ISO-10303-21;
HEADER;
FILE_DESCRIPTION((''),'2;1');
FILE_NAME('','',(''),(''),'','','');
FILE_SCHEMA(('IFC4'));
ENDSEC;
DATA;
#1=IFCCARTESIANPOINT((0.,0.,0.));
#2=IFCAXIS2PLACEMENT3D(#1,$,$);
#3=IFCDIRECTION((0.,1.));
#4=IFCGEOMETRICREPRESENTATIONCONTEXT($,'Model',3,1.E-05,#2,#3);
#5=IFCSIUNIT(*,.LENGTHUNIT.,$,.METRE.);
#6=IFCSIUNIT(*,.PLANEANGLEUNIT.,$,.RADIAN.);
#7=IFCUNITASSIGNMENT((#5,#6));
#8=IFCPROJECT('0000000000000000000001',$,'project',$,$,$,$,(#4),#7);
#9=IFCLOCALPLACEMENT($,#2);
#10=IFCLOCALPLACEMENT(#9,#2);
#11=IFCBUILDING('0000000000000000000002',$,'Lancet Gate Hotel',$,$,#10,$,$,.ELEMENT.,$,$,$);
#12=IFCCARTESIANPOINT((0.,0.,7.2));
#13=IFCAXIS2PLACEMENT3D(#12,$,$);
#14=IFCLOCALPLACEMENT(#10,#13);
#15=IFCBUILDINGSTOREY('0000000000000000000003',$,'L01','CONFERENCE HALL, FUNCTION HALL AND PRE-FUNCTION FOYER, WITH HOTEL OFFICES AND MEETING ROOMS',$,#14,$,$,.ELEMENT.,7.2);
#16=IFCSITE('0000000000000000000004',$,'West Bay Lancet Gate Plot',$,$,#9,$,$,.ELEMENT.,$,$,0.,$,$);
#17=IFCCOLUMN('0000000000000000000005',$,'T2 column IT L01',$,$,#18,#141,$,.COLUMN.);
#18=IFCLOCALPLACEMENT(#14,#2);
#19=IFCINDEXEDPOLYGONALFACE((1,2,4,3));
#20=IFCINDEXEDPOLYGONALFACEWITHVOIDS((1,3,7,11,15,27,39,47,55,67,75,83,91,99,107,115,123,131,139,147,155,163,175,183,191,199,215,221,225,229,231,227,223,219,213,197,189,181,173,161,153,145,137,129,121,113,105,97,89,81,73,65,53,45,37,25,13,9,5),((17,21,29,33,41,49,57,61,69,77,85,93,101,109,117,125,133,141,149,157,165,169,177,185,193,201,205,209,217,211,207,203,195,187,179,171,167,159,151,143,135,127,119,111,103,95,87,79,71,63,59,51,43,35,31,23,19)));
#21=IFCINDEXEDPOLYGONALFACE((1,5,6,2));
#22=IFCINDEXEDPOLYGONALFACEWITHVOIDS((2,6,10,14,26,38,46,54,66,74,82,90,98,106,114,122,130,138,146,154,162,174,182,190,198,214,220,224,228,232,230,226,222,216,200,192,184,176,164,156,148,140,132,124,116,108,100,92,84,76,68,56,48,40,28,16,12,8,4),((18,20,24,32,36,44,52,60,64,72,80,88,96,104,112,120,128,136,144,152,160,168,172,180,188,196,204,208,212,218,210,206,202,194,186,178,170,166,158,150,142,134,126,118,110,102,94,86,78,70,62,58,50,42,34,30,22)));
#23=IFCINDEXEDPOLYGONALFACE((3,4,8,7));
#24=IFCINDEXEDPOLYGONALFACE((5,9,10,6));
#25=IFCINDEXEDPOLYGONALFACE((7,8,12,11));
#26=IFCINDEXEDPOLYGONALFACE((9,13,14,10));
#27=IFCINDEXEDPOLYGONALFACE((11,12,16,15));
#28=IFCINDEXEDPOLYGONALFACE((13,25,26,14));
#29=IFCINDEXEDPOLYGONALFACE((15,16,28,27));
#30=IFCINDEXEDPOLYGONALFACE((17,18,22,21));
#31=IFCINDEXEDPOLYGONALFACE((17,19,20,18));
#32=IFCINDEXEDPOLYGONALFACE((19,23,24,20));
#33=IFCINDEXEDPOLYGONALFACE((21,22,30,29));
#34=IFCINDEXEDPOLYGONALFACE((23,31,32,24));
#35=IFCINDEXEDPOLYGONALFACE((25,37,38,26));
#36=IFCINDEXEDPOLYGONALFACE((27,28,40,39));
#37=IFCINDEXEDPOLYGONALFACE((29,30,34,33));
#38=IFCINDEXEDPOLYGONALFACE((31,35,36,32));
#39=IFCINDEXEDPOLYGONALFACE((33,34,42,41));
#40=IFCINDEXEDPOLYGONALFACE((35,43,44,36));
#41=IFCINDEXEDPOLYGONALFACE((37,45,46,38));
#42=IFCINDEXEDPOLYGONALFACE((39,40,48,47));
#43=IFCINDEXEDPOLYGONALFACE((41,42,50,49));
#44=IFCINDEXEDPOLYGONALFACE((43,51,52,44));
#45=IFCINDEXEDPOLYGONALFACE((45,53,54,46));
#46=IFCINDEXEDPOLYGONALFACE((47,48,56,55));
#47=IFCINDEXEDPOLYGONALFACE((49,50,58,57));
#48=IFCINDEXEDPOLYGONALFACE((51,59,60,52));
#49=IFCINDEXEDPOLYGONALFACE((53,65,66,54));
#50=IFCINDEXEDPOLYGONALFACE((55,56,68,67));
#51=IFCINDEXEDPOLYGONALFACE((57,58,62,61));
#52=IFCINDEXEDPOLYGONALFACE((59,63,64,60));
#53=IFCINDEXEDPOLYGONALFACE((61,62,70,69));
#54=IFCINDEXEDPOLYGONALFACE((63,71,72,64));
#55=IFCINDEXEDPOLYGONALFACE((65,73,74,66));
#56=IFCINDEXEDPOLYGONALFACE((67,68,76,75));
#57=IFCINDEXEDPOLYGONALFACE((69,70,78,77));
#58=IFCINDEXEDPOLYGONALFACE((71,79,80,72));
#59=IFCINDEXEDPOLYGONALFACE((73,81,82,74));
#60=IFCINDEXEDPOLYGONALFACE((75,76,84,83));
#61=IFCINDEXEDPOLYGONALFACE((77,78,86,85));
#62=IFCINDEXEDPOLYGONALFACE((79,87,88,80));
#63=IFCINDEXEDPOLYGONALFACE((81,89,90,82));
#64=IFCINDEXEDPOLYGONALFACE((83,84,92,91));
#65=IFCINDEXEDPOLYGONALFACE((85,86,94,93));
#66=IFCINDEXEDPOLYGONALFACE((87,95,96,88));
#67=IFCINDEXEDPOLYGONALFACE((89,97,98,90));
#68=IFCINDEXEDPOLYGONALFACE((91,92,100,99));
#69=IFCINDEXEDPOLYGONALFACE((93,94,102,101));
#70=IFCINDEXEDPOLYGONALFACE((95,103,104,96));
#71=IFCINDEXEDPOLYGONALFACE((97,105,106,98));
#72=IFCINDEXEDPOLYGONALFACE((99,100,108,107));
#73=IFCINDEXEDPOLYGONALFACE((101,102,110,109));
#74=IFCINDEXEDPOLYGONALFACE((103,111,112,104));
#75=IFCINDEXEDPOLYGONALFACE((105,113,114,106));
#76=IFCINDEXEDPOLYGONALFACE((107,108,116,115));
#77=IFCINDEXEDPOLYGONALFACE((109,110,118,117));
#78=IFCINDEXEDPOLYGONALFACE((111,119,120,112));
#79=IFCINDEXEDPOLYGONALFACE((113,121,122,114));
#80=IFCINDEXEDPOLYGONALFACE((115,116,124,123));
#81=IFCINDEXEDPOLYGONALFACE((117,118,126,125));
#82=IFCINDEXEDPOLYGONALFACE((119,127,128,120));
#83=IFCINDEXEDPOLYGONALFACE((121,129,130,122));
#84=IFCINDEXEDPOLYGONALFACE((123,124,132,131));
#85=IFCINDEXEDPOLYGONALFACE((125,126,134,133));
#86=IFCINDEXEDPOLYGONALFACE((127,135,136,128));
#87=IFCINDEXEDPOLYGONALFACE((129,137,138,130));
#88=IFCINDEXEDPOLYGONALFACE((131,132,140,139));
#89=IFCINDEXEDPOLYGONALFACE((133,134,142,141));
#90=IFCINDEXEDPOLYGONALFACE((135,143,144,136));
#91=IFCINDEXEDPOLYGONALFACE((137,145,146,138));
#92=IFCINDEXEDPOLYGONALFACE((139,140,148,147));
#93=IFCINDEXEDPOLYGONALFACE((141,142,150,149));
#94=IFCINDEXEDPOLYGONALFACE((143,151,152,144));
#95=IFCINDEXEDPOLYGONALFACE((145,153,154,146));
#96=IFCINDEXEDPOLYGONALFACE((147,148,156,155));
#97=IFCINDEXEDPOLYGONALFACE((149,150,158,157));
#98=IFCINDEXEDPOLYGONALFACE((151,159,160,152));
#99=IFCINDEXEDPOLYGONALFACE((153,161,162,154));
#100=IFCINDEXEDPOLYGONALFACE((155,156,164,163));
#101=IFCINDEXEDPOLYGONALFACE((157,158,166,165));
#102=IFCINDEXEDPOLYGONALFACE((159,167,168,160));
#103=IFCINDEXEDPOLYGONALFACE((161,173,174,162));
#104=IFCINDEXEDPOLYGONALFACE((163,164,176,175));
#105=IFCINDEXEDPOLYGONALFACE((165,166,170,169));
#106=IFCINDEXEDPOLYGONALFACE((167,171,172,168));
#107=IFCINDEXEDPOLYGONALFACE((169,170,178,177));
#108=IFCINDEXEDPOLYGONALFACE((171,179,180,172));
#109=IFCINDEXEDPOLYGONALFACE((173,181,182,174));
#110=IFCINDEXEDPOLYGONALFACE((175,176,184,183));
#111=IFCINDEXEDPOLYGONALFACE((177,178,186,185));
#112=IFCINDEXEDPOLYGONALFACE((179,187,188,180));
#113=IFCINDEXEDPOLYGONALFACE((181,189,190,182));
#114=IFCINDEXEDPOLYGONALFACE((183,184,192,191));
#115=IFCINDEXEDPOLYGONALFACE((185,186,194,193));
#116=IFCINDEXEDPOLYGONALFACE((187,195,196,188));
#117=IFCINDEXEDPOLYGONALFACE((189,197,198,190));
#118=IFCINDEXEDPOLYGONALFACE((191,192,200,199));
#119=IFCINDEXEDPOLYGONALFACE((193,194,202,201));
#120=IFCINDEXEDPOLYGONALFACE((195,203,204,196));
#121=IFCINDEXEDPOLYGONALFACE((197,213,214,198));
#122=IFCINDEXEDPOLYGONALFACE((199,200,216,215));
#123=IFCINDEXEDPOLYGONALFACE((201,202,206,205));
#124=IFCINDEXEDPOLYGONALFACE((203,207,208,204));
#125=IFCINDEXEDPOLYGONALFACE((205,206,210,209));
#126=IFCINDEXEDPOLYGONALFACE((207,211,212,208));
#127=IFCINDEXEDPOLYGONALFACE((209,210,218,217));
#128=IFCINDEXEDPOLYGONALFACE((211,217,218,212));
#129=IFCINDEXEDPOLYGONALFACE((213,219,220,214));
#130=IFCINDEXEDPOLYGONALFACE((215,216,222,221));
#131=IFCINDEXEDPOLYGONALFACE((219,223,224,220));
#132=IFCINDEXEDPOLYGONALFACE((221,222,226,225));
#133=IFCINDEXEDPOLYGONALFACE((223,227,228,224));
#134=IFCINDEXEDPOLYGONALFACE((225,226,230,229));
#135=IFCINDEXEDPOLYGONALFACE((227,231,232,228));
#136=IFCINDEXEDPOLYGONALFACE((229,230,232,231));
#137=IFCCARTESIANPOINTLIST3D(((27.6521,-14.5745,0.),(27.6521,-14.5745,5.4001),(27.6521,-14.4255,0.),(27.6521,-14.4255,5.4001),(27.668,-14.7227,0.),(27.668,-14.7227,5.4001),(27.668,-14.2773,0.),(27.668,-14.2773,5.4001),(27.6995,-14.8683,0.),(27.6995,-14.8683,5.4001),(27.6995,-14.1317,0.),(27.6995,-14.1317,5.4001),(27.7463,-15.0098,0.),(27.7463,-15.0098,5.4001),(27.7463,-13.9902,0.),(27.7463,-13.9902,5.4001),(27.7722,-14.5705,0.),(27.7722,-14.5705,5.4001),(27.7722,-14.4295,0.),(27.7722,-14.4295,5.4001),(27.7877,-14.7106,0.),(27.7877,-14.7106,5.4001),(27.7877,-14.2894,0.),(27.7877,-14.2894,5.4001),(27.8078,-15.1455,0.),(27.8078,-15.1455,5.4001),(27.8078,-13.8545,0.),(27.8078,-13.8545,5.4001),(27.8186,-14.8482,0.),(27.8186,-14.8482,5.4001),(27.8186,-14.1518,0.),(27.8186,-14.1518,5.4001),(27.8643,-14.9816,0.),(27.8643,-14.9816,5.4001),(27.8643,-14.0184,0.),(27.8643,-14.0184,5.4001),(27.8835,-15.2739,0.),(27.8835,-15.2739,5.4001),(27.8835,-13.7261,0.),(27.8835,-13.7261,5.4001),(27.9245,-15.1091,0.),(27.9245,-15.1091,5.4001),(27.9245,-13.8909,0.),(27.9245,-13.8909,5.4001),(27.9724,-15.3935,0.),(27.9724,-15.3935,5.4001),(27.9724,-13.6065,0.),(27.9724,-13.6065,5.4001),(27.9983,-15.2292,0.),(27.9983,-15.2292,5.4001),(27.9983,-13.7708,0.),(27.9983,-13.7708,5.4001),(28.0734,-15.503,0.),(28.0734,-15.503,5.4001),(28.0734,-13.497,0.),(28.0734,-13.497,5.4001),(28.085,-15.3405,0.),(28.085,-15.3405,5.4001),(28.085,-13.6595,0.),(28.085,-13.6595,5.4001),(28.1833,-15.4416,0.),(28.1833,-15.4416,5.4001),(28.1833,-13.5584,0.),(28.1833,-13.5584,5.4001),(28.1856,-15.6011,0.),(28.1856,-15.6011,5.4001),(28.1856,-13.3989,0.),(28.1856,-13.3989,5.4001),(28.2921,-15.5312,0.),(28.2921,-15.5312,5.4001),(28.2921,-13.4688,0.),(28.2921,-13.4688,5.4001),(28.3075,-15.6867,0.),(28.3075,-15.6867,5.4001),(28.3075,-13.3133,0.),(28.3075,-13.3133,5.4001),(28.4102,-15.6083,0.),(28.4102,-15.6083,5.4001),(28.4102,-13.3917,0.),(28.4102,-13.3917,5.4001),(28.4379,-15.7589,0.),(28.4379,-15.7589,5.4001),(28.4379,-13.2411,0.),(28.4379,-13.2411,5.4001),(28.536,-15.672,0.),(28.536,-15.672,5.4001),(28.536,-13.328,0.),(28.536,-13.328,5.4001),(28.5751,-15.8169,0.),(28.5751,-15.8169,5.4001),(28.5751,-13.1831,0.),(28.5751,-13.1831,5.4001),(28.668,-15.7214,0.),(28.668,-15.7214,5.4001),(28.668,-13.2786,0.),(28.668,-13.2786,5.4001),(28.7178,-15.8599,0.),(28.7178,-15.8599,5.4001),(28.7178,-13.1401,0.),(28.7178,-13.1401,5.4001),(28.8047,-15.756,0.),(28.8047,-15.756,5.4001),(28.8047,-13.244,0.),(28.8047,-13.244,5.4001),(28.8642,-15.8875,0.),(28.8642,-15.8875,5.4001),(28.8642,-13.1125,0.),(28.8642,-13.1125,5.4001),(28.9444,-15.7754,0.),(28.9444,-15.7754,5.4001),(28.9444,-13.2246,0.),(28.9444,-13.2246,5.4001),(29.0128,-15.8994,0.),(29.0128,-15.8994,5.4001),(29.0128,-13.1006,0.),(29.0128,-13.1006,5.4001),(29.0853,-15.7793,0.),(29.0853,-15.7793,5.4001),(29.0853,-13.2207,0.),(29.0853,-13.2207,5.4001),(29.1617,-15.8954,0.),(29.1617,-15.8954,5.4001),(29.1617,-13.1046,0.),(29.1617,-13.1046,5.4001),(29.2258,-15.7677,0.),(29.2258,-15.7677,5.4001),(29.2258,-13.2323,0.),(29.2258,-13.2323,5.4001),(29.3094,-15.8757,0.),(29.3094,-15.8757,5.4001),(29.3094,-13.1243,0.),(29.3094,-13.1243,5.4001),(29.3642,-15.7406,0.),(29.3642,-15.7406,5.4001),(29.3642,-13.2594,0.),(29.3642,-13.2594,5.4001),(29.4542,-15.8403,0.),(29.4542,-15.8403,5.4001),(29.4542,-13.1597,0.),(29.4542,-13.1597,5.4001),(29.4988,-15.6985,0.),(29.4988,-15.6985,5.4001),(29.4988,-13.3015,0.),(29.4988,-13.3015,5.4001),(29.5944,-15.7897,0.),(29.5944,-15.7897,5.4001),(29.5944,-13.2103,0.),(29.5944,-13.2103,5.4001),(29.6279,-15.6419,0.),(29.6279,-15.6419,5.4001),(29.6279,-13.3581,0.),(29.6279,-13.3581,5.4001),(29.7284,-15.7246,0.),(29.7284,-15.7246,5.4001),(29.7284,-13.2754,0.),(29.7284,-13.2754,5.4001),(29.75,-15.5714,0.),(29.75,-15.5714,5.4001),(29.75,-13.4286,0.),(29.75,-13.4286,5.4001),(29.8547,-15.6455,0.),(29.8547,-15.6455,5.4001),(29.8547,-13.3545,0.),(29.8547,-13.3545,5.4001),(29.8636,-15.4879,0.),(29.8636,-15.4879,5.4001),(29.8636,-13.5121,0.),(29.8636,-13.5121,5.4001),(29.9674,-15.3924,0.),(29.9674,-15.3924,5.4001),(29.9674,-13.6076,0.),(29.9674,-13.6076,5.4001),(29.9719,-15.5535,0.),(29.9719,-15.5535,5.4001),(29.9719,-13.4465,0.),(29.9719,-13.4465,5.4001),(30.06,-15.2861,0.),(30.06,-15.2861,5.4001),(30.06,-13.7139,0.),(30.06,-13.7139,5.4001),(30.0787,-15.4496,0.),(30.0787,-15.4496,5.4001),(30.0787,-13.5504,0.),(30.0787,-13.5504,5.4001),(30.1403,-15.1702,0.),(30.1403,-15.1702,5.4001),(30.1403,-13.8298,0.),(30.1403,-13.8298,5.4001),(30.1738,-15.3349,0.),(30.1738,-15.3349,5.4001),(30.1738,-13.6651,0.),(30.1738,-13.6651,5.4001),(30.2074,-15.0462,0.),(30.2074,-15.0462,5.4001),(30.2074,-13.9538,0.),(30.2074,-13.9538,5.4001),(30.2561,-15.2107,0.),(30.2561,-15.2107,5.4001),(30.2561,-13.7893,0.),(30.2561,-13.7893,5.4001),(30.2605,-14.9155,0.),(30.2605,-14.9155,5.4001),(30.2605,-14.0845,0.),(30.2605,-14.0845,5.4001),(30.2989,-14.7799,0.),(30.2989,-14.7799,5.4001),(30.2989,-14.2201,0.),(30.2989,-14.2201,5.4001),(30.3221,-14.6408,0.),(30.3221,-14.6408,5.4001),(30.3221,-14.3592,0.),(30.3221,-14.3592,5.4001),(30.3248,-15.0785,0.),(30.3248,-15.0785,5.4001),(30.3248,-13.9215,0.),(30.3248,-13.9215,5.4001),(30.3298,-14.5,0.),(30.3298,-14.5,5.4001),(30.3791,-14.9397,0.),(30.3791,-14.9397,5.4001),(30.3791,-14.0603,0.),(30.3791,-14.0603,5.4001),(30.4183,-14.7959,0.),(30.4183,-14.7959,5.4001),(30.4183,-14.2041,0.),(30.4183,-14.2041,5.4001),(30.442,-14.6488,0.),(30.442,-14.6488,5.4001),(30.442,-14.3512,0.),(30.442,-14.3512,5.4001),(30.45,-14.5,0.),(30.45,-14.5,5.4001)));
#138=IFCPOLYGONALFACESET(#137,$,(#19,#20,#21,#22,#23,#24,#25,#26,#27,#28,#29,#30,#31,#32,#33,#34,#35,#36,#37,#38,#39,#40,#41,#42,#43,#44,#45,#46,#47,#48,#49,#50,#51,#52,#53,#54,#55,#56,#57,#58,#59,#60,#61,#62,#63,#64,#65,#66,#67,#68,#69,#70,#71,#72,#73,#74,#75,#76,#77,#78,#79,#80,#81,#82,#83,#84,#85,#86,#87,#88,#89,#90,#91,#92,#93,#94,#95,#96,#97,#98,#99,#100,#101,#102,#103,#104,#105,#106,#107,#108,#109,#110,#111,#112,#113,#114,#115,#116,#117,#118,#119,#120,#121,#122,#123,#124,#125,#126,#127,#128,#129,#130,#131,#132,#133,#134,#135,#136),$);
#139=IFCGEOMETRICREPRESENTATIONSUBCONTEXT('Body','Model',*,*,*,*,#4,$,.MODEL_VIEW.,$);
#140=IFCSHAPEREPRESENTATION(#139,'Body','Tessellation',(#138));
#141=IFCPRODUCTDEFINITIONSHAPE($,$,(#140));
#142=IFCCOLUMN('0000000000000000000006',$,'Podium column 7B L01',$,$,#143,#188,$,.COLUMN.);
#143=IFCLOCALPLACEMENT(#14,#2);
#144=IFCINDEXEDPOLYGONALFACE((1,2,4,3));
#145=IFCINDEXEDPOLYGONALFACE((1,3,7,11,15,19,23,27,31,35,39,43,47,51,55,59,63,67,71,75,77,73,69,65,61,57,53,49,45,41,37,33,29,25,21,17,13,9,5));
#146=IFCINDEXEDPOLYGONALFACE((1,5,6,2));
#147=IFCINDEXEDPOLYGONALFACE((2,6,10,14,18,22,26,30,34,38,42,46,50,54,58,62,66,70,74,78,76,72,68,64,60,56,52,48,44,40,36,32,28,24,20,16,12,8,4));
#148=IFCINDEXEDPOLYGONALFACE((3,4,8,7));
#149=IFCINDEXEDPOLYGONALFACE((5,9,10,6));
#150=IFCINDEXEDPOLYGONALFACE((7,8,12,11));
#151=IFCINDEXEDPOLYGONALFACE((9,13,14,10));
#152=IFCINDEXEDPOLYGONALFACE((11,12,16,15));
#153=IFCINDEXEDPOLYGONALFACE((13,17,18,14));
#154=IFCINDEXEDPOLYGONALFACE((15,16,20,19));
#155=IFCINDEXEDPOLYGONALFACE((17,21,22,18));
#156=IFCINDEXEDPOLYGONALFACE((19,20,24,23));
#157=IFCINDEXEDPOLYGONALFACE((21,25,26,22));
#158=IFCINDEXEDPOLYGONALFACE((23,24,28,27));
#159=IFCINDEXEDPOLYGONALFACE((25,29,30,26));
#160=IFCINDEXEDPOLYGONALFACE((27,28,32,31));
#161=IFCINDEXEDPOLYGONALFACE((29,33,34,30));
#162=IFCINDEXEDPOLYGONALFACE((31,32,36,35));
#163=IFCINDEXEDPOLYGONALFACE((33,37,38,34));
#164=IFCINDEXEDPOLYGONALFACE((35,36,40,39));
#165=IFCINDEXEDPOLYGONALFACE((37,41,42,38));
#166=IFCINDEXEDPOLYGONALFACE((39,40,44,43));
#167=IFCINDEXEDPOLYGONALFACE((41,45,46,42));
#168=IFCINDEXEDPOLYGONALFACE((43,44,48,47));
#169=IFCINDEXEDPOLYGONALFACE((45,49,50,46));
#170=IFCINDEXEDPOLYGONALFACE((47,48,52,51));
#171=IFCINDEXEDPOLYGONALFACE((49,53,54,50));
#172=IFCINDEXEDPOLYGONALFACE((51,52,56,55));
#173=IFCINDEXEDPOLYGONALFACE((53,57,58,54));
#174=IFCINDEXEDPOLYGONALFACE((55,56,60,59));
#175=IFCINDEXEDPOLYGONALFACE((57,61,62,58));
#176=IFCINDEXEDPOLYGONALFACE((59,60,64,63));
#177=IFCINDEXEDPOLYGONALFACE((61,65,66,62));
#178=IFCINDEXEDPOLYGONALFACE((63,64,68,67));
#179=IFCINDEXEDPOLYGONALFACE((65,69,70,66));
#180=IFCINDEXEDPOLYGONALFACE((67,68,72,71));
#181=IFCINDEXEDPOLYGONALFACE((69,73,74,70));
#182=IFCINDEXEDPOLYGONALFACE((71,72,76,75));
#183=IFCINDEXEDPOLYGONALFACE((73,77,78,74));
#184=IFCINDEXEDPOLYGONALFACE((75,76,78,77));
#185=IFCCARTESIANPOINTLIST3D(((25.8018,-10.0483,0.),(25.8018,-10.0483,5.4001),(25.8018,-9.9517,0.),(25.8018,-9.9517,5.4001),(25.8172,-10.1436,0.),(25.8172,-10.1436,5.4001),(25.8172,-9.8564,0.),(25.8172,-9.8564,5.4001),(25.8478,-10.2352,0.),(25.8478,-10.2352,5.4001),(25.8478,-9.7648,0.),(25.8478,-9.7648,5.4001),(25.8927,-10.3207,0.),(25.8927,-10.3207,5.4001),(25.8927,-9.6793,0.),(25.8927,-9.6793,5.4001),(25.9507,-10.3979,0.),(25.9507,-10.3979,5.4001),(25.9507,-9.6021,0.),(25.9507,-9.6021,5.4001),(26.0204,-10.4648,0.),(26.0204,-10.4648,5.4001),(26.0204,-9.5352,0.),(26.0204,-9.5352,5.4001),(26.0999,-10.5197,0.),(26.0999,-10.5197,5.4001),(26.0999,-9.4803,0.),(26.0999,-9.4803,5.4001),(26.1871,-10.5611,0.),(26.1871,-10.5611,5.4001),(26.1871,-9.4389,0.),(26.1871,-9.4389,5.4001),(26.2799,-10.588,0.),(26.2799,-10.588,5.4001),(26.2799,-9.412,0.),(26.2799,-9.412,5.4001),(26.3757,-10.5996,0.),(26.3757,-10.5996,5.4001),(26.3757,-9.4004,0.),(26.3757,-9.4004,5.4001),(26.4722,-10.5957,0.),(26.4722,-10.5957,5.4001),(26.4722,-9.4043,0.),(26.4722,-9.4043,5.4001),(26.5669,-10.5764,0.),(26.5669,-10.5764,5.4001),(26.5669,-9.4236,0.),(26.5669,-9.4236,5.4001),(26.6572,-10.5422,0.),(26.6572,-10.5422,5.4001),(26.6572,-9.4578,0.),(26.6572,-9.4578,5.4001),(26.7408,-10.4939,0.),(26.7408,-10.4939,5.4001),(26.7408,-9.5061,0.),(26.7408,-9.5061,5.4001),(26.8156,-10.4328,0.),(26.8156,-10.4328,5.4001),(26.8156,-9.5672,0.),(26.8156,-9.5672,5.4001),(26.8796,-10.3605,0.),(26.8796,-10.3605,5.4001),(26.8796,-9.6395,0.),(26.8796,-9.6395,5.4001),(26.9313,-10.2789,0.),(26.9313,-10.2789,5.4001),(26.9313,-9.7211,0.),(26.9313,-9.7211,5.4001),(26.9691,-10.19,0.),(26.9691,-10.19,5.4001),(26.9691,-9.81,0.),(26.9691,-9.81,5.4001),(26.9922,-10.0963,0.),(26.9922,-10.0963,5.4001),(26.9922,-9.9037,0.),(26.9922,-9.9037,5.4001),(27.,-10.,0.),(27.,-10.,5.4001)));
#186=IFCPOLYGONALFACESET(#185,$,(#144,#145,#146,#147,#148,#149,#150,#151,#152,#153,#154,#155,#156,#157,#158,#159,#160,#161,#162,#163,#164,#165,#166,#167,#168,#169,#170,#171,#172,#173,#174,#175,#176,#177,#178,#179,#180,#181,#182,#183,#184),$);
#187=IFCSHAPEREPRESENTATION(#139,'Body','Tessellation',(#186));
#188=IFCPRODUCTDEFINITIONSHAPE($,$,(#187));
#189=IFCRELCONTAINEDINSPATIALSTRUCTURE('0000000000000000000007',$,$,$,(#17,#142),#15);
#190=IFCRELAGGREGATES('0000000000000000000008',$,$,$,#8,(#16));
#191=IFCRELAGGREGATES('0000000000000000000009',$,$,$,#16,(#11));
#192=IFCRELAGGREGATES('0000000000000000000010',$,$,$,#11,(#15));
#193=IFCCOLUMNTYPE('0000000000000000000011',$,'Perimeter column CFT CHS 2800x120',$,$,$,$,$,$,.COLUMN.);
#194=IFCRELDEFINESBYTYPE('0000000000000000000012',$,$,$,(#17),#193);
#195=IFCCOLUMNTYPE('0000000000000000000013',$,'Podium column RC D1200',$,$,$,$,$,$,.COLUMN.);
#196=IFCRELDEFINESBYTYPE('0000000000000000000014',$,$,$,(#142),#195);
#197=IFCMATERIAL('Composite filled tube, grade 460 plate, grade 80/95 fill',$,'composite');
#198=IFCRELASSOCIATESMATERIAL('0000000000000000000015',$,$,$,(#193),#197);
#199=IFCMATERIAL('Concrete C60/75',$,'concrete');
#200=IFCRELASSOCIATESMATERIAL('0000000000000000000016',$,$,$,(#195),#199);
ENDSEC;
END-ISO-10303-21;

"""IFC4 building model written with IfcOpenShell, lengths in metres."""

from ifc_helpers import new_model, si_unit, direction, frame, origin, origin_2d, place, context, subcontext, project, spatial, circle, hollow_circle, extrude, material, material_profile, profile_set, type_object, element, save


model = new_model("IFC4")

# Units and contexts
model_context = context("Model", 3, precision=1e-05, world=origin(), true_north=direction((0.0, 1.0)))
body_context = subcontext(model_context, "Body", "Model", "MODEL_VIEW")
ifc_project = project(units=[si_unit("LENGTHUNIT", "METRE"), si_unit("PLANEANGLEUNIT", "RADIAN")], contexts=[model_context])

# Site, building, storey
site_placement = place(None, origin())
site = spatial("IfcSite", under=ifc_project, at=site_placement, Name="West Bay Lancet Gate Plot", CompositionType="ELEMENT", RefElevation=0.0)
building_placement = place(site_placement, origin())
building = spatial("IfcBuilding", under=site, at=building_placement, Name="Lancet Gate Hotel", CompositionType="ELEMENT")
storey_placement = place(building_placement, frame((0.0, 0.0, 7.2)))
storey = spatial("IfcBuildingStorey", under=building, at=storey_placement, Name="L01", Description="CONFERENCE HALL, FUNCTION HALL AND PRE-FUNCTION FOYER, WITH HOTEL OFFICES AND MEETING ROOMS", CompositionType="ELEMENT", Elevation=7.2)

# Columns
ifc_material_1 = material(Name="Composite filled tube, grade 460 plate, grade 80/95 fill", Category="composite")
ifc_material_profile_1 = material_profile(ifc_material_1, hollow_circle(Radius=1.3999, WallThickness=0.1201, at=origin_2d()), Name="CHS 2800x120")
ifc_profile_set_1 = profile_set([ifc_material_profile_1], Name="Composite filled tube, grade 460 plate, grade 80/95 fill")
column_type_1 = type_object("IfcColumnType", Name="Perimeter column CFT CHS 2800x120", PredefinedType="COLUMN", material=ifc_profile_set_1)
for number, where, z_axis, x_axis, name in (
    (1, (29.05, -14.5, 0.0), (0.0, 0.0, 1.0), (1.0, 0.0, 0.0), "T2 column IT L01"),
):
    element("IfcColumn", number, at=place(storey_placement, frame(where, z_axis=z_axis, x_axis=x_axis)), inside=storey, type_object=column_type_1, Name=name, PredefinedType="COLUMN", context=body_context, shape_type="SweptSolid", body=[
        extrude(hollow_circle(Radius=1.3999, WallThickness=0.1201, at=origin_2d()), origin(), (0.0, 0.0, 1.0), 5.4001),
    ])
ifc_material_2 = material(Name="Concrete C60/75", Category="concrete")
ifc_material_profile_2 = material_profile(ifc_material_2, circle(Radius=0.6001, at=origin_2d()), Name="RC D1200")
ifc_profile_set_2 = profile_set([ifc_material_profile_2], Name="Concrete C60/75")
column_type_2 = type_object("IfcColumnType", Name="Podium column RC D1200", PredefinedType="COLUMN", material=ifc_profile_set_2)
column_placement = place(storey_placement, frame((26.3999, -10.0, 0.0), z_axis=(0.0, 0.0, 1.0), x_axis=(1.0, 0.0, 0.0)))
element("IfcColumn", 2, at=column_placement, inside=storey, type_object=column_type_2, Name="Podium column 7B L01", PredefinedType="COLUMN", context=body_context, shape_type="SweptSolid", body=[
    extrude(circle(Radius=0.6001, at=origin_2d()), origin(), (0.0, 0.0, 1.0), 5.4001),
])

save(model, "model.ifc")
